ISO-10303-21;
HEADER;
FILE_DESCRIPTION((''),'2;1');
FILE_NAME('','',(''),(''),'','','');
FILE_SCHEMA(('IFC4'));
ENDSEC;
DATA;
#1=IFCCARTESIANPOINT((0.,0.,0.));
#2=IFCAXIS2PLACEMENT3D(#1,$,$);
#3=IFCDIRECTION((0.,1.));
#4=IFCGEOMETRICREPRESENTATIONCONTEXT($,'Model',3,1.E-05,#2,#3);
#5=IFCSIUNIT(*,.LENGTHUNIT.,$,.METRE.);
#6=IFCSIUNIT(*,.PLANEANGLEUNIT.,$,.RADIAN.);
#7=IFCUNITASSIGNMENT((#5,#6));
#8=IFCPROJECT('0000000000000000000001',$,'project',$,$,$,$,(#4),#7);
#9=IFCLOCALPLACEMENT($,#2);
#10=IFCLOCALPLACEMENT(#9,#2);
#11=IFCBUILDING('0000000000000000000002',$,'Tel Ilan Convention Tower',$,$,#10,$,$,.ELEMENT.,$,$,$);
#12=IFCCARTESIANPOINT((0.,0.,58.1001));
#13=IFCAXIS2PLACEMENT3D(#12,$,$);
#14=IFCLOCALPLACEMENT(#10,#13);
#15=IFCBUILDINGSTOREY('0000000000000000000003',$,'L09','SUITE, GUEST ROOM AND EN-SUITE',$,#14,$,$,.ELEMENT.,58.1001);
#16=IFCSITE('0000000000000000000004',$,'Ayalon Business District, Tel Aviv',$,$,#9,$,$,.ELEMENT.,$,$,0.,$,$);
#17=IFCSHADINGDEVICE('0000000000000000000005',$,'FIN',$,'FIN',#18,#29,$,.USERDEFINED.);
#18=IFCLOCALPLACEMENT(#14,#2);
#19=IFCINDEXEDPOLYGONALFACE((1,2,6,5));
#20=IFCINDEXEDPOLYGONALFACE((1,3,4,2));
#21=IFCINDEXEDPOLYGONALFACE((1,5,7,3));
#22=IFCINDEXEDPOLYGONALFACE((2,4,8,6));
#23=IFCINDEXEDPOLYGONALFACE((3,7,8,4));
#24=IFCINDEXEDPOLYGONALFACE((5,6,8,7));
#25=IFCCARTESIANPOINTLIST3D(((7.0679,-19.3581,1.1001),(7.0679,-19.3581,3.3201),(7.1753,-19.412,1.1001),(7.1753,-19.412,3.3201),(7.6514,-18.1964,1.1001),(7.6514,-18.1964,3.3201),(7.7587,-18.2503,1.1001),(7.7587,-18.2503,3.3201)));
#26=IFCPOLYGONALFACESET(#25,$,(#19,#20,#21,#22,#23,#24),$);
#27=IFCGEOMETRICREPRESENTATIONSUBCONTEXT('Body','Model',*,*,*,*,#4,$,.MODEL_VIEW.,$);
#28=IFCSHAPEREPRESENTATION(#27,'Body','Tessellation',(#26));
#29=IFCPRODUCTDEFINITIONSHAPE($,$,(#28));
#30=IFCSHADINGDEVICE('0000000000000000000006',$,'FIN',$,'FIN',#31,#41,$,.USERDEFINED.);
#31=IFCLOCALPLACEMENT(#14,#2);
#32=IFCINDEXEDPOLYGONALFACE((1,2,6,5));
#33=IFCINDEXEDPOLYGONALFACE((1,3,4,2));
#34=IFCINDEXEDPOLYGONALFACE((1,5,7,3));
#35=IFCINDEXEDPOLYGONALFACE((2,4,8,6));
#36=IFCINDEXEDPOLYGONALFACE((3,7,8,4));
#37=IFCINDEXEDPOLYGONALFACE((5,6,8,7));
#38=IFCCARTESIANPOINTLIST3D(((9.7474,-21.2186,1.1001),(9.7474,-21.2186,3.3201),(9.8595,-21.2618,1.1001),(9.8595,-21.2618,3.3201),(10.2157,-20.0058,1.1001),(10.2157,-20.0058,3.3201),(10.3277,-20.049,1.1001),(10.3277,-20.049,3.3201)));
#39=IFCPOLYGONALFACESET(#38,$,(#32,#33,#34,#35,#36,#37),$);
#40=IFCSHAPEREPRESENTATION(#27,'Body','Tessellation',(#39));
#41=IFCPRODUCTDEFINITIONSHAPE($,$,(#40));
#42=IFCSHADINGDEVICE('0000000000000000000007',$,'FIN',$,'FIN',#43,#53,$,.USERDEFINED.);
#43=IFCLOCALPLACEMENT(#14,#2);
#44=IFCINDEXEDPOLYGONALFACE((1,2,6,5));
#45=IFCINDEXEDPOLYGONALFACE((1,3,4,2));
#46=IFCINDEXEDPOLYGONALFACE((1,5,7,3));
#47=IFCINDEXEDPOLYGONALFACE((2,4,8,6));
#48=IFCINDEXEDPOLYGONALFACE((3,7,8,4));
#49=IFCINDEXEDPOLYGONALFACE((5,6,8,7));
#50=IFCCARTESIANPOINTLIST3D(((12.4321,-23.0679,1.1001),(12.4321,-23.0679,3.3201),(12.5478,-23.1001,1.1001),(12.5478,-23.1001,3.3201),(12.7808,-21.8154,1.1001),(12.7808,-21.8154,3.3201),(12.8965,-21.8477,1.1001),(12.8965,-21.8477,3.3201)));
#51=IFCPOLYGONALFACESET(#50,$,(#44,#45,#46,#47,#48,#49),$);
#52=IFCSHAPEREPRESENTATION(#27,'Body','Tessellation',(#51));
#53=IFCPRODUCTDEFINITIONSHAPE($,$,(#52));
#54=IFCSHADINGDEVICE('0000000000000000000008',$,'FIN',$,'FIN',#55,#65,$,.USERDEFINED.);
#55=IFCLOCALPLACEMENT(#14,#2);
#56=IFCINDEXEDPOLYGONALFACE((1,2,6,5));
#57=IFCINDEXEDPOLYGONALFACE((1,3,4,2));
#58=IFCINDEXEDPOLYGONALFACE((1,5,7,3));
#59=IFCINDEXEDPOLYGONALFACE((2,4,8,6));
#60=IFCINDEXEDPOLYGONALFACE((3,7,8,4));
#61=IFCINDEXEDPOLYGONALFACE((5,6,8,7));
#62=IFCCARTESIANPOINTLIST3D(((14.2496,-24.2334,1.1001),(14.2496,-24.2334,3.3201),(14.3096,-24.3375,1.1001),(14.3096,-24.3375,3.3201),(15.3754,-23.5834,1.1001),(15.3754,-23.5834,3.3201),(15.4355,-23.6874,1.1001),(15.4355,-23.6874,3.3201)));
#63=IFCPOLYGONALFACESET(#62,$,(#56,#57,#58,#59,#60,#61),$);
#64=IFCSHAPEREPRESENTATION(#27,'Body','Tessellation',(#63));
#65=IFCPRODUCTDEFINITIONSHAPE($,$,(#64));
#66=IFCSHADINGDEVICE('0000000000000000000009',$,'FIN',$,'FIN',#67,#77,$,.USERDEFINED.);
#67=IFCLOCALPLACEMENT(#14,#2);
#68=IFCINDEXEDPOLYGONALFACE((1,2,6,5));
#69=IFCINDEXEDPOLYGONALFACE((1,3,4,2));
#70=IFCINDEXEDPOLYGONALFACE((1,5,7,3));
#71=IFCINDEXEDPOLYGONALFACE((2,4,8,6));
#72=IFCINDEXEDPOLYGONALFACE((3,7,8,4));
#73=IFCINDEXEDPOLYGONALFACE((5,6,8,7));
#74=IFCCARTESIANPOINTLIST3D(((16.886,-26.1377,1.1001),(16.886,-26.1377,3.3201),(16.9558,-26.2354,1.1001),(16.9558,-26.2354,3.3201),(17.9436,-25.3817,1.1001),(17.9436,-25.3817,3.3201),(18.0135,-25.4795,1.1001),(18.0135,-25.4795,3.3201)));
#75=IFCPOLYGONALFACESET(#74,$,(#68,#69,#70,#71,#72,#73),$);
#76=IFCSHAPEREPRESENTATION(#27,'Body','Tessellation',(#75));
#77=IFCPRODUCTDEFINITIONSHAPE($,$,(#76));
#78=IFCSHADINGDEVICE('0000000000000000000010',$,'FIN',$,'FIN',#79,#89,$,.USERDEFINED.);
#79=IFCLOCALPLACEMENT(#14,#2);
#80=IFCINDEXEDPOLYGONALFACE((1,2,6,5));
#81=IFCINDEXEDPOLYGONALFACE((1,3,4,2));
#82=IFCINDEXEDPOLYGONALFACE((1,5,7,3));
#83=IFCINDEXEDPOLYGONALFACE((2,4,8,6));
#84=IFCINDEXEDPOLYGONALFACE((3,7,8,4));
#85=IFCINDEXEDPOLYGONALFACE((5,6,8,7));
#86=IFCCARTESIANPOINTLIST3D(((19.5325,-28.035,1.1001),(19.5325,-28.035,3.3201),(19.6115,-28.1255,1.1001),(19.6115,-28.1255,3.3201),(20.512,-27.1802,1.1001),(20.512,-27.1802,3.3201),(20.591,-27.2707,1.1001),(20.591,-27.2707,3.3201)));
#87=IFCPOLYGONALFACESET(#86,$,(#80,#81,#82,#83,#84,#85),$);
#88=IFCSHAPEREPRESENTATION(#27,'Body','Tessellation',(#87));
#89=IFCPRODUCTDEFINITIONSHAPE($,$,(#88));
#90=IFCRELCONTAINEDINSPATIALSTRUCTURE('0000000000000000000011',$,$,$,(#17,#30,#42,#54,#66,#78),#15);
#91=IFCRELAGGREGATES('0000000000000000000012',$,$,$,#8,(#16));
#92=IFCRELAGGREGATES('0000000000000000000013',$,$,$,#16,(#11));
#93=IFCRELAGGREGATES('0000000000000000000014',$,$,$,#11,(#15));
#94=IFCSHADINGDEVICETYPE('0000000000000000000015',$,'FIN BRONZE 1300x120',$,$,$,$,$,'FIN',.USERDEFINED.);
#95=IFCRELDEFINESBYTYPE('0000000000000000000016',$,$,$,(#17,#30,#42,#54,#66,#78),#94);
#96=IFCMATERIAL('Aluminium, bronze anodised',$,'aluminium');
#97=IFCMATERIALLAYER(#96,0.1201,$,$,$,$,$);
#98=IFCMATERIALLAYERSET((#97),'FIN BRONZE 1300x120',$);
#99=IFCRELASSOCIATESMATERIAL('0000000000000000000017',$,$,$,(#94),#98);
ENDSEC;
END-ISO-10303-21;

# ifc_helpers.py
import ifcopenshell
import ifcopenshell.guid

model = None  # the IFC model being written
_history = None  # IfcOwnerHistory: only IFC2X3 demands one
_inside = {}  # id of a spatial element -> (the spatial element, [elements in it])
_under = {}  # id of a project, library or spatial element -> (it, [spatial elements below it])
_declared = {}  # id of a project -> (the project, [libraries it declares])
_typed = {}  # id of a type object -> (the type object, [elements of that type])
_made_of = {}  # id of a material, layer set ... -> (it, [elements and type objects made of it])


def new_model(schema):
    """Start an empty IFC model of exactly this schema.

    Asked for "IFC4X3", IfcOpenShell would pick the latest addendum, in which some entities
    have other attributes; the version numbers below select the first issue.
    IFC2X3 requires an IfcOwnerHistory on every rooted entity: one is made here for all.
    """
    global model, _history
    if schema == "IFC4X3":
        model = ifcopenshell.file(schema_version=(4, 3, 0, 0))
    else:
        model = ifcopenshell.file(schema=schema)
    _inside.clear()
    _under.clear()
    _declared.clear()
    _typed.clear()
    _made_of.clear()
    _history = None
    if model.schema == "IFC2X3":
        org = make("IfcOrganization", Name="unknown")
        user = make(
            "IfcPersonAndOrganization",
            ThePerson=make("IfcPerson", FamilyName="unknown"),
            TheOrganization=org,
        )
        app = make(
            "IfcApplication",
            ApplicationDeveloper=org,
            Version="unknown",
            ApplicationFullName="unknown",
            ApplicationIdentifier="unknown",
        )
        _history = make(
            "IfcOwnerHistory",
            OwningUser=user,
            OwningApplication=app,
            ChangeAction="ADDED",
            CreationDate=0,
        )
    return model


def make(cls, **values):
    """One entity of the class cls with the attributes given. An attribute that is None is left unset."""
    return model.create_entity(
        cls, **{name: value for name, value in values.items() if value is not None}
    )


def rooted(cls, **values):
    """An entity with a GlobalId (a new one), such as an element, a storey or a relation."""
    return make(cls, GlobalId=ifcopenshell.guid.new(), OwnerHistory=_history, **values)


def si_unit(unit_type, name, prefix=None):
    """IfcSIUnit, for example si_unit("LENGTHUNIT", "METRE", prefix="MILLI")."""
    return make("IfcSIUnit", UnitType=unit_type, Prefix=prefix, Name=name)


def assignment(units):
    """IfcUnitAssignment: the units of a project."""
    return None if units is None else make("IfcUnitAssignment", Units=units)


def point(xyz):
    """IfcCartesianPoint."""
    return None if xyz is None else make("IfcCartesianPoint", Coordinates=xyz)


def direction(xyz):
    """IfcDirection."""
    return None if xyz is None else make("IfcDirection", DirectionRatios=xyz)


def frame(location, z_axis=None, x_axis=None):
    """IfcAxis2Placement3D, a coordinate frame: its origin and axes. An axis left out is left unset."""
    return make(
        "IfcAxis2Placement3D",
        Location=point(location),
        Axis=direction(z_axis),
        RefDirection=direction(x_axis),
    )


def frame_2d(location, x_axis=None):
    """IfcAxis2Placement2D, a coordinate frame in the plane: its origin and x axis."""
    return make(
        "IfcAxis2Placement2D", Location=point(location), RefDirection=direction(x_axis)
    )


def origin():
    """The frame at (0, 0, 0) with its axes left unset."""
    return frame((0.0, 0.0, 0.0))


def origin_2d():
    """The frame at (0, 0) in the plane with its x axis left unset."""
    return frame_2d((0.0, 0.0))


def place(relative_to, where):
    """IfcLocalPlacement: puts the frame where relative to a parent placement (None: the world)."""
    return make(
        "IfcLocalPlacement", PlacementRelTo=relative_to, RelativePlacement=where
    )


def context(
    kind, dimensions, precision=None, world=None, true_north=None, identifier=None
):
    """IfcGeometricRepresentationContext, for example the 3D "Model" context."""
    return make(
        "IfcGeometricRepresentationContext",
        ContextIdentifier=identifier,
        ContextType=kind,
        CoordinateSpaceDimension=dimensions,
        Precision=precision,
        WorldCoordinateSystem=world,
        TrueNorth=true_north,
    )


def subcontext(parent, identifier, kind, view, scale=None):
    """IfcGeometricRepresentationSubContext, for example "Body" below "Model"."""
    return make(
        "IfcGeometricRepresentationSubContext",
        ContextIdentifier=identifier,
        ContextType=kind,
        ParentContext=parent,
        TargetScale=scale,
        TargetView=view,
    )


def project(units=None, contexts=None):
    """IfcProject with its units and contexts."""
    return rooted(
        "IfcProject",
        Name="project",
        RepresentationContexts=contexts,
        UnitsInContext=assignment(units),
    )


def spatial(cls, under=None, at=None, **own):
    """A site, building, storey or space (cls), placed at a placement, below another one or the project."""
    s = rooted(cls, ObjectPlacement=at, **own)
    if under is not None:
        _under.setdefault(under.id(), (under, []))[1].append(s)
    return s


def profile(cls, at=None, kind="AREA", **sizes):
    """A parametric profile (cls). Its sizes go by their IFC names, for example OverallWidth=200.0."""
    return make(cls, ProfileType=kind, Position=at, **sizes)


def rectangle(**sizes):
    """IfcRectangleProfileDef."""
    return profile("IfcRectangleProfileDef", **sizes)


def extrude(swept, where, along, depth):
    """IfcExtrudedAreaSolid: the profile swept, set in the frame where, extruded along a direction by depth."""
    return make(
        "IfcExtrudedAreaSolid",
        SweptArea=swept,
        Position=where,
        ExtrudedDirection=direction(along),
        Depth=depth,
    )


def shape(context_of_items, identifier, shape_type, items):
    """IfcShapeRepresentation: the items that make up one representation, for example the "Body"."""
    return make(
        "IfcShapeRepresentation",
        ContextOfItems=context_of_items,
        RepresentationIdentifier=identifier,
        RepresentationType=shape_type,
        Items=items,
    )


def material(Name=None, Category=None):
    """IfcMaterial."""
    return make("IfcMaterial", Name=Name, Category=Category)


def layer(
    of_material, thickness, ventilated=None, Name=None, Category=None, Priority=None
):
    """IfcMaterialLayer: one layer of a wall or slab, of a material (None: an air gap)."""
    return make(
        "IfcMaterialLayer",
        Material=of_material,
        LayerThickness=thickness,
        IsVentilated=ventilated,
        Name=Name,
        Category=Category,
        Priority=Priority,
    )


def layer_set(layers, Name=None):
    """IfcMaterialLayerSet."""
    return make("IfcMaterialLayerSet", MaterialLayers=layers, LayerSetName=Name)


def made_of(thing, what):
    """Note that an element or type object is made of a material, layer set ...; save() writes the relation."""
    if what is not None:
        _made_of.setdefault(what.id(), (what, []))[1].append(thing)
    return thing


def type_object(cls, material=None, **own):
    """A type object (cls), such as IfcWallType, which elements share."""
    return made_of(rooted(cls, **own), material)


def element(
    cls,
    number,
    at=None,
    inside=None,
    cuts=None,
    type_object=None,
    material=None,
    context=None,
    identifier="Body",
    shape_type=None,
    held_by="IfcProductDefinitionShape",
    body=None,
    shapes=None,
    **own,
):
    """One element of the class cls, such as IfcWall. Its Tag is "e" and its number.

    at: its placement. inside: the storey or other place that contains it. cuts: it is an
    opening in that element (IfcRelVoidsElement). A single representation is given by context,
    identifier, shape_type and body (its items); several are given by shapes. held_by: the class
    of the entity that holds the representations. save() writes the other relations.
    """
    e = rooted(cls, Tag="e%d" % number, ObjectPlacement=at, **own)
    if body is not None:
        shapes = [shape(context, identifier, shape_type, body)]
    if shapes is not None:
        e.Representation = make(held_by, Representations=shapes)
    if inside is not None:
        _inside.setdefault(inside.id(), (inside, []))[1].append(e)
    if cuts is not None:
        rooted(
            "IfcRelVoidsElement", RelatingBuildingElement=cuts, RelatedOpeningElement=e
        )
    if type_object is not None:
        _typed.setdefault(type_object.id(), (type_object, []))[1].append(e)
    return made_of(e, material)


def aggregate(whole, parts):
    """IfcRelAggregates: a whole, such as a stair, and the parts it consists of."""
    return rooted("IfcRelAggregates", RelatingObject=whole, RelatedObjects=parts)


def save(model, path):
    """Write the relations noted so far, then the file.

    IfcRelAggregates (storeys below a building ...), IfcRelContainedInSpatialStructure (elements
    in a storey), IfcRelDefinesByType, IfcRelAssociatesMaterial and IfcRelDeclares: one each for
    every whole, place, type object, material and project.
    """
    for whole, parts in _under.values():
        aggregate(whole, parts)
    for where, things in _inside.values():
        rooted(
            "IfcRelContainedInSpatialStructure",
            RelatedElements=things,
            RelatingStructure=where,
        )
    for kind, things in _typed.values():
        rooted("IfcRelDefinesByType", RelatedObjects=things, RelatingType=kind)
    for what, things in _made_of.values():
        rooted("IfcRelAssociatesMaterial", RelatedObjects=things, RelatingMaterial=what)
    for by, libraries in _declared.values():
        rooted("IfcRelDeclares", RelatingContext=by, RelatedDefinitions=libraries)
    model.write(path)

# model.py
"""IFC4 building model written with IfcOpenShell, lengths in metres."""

from ifc_helpers import new_model, si_unit, direction, frame, origin, origin_2d, place, context, subcontext, project, spatial, rectangle, extrude, material, layer, layer_set, type_object, element, save


model = new_model("IFC4")

# Units and contexts
model_context = context("Model", 3, precision=1e-05, world=origin(), true_north=direction((0.0, 1.0)))
body_context = subcontext(model_context, "Body", "Model", "MODEL_VIEW")
ifc_project = project(units=[si_unit("LENGTHUNIT", "METRE"), si_unit("PLANEANGLEUNIT", "RADIAN")], contexts=[model_context])

# Site, building, storey
site_placement = place(None, origin())
site = spatial("IfcSite", under=ifc_project, at=site_placement, Name="Ayalon Business District, Tel Aviv", CompositionType="ELEMENT", RefElevation=0.0)
building_placement = place(site_placement, origin())
building = spatial("IfcBuilding", under=site, at=building_placement, Name="Tel Ilan Convention Tower", CompositionType="ELEMENT")
storey_placement = place(building_placement, frame((0.0, 0.0, 58.1001)))
storey = spatial("IfcBuildingStorey", under=building, at=storey_placement, Name="L09", Description="SUITE, GUEST ROOM AND EN-SUITE", CompositionType="ELEMENT", Elevation=58.1001)

# Shading devices
ifc_material_1 = material(Name="Aluminium, bronze anodised", Category="aluminium")
ifc_layer_1 = layer(ifc_material_1, 0.1201)
ifc_layer_set_1 = layer_set([ifc_layer_1], Name="FIN BRONZE 1300x120")
shading_device_type = type_object("IfcShadingDeviceType", Name="FIN BRONZE 1300x120", ElementType="FIN", PredefinedType="USERDEFINED", material=ifc_layer_set_1)
for number, where, z_axis, x_axis, name in (
    (1, (7.4133, -18.8042, 1.1001), (0.0, 0.0, 1.0), (-0.448799, -0.893633, 0.0), "FIN"),
    (2, (10.0376, -20.6338, 1.1001), (0.0, 0.0, 1.0), (-0.360178, -0.932884, 0.0), "FIN"),
    (3, (12.6643, -22.4578, 1.1001), (0.0, 0.0, 1.0), (-0.268173, -0.963371, 0.0), "FIN"),
    (4, (14.8425, -23.9604, 1.1001), (0.0, 0.0, 1.0), (-0.866025, -0.5, 0.0), "FIN"),
    (5, (17.4497, -25.8086, 1.1001), (0.0, 0.0, 1.0), (-0.813552, -0.581492, 0.0), "FIN"),
    (6, (20.0618, -27.6528, 1.1001), (0.0, 0.0, 1.0), (-0.753436, -0.657521, 0.0), "FIN"),
):
    element("IfcShadingDevice", number, at=place(storey_placement, frame(where, z_axis=z_axis, x_axis=x_axis)), inside=storey, type_object=shading_device_type, Name=name, ObjectType="FIN", PredefinedType="USERDEFINED", context=body_context, shape_type="SweptSolid", body=[
        extrude(rectangle(XDim=1.3, YDim=0.1201, at=origin_2d()), origin(), (0.0, 0.0, 1.0), 2.22),
    ])

save(model, "model.ifc")
